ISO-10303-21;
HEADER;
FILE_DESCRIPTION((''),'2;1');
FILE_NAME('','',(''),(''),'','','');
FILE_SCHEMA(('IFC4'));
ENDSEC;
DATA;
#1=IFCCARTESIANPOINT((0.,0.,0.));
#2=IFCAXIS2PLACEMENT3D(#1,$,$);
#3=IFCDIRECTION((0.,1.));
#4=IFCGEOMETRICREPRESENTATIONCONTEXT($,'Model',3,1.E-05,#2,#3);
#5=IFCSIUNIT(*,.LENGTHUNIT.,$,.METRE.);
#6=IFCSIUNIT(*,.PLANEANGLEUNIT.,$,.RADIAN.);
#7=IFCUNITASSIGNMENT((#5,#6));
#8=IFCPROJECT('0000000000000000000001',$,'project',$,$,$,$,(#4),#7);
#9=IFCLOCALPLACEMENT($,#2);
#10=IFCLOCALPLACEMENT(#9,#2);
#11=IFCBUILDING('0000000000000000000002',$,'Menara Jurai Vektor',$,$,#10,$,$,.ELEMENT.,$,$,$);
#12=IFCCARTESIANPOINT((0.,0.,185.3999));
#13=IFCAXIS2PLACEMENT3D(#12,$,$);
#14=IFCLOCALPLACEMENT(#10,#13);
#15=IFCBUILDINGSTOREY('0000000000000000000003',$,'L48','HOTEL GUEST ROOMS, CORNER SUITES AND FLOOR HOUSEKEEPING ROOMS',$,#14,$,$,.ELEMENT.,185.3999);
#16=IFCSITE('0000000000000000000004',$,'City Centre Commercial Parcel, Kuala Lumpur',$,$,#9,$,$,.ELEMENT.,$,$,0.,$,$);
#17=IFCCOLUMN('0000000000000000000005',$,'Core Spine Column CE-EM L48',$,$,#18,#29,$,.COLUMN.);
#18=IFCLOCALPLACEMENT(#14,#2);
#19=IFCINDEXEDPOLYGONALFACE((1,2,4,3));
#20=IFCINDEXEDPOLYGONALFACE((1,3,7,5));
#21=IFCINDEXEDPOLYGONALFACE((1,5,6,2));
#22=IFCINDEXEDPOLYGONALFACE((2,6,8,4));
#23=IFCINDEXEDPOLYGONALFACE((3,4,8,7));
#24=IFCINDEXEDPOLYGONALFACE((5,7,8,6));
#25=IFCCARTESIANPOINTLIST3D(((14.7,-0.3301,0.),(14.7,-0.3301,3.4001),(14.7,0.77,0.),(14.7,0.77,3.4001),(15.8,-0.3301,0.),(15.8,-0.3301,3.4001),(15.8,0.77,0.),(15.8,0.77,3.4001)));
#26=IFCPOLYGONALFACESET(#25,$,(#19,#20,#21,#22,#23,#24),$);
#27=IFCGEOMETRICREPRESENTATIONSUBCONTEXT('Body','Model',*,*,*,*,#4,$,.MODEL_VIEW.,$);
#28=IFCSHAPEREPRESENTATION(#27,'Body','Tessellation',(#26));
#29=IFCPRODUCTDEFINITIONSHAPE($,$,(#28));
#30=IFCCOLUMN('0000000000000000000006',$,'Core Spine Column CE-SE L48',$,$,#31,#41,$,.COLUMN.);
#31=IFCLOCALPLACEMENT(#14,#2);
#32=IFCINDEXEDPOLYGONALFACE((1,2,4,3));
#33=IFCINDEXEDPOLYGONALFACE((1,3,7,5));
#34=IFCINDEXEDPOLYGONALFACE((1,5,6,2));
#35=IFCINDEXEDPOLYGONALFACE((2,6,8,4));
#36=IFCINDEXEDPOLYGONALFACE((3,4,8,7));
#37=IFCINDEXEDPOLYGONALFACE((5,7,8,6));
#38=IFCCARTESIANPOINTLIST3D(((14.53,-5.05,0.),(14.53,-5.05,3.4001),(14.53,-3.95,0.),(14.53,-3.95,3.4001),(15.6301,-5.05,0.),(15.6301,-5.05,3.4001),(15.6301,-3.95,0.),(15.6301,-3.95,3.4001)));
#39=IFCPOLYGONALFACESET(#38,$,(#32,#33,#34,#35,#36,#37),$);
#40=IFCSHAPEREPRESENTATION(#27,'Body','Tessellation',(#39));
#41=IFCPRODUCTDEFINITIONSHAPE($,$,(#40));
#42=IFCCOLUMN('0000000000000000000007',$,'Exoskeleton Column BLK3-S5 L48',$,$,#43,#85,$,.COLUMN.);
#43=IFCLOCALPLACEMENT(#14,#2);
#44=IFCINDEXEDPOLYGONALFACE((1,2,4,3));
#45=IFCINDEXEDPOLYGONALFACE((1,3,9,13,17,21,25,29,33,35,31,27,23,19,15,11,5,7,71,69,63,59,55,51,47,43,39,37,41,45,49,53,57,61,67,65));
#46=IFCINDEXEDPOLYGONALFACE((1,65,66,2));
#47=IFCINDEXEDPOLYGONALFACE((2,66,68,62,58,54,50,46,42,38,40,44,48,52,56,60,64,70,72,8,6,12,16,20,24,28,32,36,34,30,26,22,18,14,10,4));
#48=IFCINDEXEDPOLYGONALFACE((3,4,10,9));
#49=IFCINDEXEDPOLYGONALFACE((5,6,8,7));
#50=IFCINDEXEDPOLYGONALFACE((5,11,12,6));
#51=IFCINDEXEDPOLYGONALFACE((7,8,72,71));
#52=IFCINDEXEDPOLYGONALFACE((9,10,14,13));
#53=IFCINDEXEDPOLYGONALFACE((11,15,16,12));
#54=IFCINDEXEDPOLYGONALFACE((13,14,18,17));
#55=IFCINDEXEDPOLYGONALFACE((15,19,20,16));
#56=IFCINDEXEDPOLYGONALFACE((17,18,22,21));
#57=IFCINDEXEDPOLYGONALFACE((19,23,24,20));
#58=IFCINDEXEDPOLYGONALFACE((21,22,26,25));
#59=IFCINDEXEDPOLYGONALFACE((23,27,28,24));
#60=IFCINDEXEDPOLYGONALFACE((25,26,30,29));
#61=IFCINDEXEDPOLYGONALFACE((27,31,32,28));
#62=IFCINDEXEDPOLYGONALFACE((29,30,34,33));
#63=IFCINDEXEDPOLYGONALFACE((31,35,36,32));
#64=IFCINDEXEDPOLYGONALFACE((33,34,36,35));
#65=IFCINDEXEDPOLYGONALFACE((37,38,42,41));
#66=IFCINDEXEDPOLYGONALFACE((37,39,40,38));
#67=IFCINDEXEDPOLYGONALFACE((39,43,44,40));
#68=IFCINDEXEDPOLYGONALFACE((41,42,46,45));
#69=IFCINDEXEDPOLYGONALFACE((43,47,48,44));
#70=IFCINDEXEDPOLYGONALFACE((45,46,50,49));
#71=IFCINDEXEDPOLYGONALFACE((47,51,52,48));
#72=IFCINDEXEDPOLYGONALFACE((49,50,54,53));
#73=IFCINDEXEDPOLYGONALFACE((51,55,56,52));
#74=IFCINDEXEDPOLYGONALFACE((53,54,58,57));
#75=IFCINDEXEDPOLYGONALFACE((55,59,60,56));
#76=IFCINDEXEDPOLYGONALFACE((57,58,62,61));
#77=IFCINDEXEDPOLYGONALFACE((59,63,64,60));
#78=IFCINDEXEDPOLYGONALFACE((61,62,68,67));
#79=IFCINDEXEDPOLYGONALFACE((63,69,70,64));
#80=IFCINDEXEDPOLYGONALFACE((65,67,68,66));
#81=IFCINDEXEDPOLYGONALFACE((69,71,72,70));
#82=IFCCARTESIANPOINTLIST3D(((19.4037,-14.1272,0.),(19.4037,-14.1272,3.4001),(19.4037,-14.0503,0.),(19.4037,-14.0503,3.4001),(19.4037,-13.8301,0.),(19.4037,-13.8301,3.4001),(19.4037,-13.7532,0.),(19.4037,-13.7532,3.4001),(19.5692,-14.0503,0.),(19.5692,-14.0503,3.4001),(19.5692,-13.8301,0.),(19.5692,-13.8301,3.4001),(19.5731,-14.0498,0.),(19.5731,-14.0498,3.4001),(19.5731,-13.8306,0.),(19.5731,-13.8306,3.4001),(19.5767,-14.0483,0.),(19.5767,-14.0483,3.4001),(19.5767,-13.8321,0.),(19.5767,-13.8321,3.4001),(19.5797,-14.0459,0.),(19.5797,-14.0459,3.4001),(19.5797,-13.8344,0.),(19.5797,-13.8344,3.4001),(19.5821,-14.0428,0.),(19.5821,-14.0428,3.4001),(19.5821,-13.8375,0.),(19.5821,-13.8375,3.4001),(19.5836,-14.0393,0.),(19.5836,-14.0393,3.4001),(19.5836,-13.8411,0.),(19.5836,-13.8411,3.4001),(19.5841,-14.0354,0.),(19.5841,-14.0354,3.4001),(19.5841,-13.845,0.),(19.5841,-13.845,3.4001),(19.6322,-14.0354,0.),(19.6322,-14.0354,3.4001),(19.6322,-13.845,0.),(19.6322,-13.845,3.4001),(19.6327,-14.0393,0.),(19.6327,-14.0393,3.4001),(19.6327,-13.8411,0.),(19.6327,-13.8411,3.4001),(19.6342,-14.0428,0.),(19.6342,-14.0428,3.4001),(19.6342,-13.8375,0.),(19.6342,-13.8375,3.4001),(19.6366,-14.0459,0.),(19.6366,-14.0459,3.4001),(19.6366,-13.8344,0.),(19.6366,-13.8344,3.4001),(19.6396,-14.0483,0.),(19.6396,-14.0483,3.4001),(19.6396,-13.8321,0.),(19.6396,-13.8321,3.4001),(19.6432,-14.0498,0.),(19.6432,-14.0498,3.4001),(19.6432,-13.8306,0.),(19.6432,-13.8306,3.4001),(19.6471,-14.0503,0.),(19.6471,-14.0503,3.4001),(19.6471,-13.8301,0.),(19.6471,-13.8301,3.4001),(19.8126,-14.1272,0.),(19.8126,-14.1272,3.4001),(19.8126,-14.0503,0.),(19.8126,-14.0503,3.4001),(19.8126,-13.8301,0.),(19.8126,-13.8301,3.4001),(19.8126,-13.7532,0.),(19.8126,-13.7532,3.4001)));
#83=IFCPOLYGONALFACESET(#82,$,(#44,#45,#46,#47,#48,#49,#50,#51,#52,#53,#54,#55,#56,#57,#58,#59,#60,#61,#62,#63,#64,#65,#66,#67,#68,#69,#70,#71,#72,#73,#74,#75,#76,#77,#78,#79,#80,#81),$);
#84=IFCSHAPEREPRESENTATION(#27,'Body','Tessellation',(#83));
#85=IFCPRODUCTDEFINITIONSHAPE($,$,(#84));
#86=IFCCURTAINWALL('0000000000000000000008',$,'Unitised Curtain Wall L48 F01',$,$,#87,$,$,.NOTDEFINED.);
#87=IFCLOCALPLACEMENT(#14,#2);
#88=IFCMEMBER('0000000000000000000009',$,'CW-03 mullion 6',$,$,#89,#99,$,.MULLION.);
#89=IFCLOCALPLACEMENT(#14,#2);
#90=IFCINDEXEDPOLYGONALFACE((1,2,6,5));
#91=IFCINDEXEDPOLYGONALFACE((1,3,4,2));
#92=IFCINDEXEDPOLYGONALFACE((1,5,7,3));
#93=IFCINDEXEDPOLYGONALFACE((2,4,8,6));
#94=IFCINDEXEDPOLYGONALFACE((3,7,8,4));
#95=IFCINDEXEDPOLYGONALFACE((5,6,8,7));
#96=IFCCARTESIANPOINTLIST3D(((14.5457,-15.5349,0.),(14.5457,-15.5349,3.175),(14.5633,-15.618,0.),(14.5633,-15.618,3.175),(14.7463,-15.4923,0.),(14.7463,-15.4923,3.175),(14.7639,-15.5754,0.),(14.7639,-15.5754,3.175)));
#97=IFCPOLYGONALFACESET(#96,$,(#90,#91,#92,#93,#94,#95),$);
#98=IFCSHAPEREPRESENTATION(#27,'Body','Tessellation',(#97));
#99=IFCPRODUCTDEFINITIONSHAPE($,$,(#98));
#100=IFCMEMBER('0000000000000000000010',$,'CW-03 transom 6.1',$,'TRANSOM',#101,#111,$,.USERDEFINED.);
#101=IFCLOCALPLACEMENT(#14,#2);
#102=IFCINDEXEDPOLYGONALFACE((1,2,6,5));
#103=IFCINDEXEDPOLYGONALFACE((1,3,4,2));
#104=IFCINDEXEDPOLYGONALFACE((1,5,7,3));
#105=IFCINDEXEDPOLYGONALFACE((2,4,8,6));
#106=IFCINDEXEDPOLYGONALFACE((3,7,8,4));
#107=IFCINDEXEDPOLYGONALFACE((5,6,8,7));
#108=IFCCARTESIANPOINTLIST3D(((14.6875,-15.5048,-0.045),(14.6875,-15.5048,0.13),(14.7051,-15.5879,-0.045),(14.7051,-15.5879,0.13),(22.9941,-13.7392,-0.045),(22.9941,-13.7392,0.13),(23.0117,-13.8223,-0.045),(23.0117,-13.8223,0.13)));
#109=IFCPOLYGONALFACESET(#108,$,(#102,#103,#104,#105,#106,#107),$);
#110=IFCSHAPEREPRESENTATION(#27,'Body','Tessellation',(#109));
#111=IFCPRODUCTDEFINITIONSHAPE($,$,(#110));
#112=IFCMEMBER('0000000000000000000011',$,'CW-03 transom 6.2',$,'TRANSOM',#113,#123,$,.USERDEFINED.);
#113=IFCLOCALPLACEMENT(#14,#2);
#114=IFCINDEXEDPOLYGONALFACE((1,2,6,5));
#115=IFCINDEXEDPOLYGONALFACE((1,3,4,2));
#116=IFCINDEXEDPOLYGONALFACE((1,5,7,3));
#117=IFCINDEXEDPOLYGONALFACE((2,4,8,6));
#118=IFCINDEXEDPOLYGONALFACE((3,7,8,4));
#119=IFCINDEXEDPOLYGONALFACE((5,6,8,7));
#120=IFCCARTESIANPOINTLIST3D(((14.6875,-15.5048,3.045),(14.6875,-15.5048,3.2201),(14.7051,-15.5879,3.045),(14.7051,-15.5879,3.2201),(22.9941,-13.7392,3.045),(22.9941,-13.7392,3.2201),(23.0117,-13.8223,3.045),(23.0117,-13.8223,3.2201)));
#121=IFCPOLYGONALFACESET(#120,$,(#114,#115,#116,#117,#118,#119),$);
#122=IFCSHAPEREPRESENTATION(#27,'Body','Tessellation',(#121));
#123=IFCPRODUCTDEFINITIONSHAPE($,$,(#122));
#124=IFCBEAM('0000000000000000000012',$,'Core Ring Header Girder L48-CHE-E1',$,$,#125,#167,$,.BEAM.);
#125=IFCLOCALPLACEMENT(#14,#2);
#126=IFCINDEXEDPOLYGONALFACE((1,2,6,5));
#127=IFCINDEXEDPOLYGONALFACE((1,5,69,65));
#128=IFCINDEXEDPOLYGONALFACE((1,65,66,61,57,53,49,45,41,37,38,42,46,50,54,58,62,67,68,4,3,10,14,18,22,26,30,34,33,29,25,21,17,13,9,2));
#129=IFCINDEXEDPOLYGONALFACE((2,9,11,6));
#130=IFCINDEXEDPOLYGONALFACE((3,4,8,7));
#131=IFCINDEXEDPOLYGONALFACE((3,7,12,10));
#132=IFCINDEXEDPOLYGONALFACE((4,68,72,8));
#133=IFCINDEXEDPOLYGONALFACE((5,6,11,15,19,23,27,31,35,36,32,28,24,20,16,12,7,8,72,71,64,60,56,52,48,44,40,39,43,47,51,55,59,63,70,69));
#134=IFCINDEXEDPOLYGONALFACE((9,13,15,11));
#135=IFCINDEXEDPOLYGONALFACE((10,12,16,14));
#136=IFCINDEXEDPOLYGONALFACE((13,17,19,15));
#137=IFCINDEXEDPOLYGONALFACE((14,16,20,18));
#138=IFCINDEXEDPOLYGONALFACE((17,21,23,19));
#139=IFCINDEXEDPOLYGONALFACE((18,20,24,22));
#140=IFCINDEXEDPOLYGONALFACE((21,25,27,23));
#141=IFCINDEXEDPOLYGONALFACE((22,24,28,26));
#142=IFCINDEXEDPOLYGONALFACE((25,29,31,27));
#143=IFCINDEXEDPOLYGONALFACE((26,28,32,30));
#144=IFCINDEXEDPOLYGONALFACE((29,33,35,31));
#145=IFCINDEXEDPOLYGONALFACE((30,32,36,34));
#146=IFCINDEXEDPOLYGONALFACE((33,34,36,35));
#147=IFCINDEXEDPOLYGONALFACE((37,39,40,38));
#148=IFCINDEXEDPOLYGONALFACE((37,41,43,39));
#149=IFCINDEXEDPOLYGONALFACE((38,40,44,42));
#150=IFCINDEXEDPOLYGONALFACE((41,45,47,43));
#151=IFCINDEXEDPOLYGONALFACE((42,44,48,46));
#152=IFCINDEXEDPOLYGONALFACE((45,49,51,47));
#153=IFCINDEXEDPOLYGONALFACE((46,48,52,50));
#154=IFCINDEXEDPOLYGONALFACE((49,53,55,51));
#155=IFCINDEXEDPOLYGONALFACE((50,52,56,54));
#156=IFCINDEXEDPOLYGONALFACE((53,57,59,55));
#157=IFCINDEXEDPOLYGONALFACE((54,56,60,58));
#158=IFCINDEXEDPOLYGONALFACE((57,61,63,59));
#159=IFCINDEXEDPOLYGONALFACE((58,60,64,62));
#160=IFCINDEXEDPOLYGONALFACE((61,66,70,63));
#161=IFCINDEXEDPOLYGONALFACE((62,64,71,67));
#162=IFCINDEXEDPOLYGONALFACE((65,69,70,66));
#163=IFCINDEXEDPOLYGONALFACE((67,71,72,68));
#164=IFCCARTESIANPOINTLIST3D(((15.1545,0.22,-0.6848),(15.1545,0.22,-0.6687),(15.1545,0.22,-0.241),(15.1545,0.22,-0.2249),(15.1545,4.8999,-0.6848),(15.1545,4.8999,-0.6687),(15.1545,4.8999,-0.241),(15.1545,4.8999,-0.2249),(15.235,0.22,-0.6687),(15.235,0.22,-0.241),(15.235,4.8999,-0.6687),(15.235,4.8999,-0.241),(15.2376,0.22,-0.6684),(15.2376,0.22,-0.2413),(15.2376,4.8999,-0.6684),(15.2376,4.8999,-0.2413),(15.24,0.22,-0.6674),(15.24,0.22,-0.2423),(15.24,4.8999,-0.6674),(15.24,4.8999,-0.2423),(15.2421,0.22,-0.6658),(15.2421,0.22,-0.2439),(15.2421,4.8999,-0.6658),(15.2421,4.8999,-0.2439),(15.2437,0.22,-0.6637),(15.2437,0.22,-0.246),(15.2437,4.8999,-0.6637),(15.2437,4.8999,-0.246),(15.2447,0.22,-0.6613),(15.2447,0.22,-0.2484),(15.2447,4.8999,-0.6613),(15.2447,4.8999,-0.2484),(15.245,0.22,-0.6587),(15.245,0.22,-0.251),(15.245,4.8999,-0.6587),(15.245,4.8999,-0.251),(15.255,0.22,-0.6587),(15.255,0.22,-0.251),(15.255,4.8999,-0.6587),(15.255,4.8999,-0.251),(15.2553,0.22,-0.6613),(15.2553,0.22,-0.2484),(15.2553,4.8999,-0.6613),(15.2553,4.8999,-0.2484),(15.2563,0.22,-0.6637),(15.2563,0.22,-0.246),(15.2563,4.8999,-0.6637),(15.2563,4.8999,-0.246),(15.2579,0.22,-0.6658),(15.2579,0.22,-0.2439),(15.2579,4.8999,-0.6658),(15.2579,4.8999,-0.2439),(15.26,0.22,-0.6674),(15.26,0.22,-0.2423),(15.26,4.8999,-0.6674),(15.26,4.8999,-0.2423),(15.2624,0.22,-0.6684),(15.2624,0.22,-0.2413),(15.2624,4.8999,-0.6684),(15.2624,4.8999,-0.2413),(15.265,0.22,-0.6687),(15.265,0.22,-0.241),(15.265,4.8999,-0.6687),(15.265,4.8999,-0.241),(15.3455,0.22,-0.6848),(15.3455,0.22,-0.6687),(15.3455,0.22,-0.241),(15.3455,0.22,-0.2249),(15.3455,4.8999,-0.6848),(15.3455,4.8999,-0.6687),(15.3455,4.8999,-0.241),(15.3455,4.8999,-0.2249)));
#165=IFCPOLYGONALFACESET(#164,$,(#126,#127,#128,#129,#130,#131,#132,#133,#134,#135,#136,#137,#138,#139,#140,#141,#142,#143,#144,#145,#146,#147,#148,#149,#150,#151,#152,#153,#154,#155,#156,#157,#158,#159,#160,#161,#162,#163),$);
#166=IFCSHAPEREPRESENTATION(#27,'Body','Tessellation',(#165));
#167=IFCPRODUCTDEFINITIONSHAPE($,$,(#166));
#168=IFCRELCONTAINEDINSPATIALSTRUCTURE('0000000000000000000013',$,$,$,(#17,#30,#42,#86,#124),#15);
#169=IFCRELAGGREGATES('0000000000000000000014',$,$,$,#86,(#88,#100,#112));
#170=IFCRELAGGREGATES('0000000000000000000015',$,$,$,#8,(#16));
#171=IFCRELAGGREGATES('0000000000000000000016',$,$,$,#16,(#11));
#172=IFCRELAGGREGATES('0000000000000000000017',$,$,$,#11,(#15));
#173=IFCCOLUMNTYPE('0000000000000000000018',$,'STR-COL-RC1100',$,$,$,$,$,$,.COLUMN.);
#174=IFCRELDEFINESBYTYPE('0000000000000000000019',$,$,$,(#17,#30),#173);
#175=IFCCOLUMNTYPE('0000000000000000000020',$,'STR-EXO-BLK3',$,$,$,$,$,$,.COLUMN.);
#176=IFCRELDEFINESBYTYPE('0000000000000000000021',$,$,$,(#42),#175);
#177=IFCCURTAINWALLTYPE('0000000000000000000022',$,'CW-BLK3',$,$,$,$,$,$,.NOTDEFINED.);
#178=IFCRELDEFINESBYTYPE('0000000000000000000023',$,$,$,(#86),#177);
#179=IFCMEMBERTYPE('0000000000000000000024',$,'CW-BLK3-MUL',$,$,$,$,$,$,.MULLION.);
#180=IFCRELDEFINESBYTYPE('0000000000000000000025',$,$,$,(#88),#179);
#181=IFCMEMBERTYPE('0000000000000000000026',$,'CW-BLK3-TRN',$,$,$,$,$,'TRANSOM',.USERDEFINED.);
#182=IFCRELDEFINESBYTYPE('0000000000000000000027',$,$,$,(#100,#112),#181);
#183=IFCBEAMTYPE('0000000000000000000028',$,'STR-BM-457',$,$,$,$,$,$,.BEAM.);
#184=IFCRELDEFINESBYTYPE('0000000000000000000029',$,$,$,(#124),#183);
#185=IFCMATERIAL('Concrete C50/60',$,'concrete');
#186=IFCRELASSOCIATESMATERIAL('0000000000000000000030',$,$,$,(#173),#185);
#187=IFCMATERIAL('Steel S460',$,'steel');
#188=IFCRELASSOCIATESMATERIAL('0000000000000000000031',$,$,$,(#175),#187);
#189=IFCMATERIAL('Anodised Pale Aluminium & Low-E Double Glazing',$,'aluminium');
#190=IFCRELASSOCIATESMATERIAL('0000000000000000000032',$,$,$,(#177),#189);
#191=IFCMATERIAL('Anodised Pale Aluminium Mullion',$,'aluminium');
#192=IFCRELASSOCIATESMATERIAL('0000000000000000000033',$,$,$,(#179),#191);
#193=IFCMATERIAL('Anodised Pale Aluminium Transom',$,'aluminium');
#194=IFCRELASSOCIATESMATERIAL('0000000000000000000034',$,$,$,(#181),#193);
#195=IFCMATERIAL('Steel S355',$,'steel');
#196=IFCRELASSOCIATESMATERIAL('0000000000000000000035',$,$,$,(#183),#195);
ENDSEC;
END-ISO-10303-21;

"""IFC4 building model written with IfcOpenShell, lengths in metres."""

from ifc_helpers import new_model, si_unit, direction, frame, origin, origin_2d, place, context, subcontext, project, spatial, rectangle, i_section, extrude, material, material_profile, profile_set, type_object, element, aggregate, save


model = new_model("IFC4")

# Units and contexts
model_context = context("Model", 3, precision=1e-05, world=origin(), true_north=direction((0.0, 1.0)))
body_context = subcontext(model_context, "Body", "Model", "MODEL_VIEW")
ifc_project = project(units=[si_unit("LENGTHUNIT", "METRE"), si_unit("PLANEANGLEUNIT", "RADIAN")], contexts=[model_context])

# Site, building, storey
site_placement = place(None, origin())
site = spatial("IfcSite", under=ifc_project, at=site_placement, Name="City Centre Commercial Parcel, Kuala Lumpur", CompositionType="ELEMENT", RefElevation=0.0)
building_placement = place(site_placement, origin())
building = spatial("IfcBuilding", under=site, at=building_placement, Name="Menara Jurai Vektor", CompositionType="ELEMENT")
storey_placement = place(building_placement, frame((0.0, 0.0, 185.3999)))
storey = spatial("IfcBuildingStorey", under=building, at=storey_placement, Name="L48", Description="HOTEL GUEST ROOMS, CORNER SUITES AND FLOOR HOUSEKEEPING ROOMS", CompositionType="ELEMENT", Elevation=185.3999)

# Columns
ifc_material_1 = material(Name="Concrete C50/60", Category="concrete")
ifc_material_profile_1 = material_profile(ifc_material_1, rectangle(XDim=1.1001, YDim=1.1001, at=origin_2d()), Name="RC 1100x1100")
ifc_profile_set_1 = profile_set([ifc_material_profile_1], Name="Concrete C50/60")
column_type_1 = type_object("IfcColumnType", Name="STR-COL-RC1100", PredefinedType="COLUMN", material=ifc_profile_set_1)
for number, where, z_axis, x_axis, name in (
    (1, (15.25, 0.22, 0.0), (0.0, 0.0, 1.0), (1.0, 0.0, 0.0), "Core Spine Column CE-EM L48"),
    (2, (15.0801, -4.5, 0.0), (0.0, 0.0, 1.0), (1.0, 0.0, 0.0), "Core Spine Column CE-SE L48"),
):
    element("IfcColumn", number, at=place(storey_placement, frame(where, z_axis=z_axis, x_axis=x_axis)), inside=storey, type_object=column_type_1, Name=name, PredefinedType="COLUMN", context=body_context, shape_type="SweptSolid", body=[
        extrude(rectangle(XDim=1.1001, YDim=1.1001, at=origin_2d()), origin(), (0.0, 0.0, 1.0), 3.4001),
    ])
ifc_material_2 = material(Name="Steel S460", Category="steel")
ifc_material_profile_2 = material_profile(ifc_material_2, i_section(OverallWidth=0.4089, OverallDepth=0.374, WebThickness=0.0481, FlangeThickness=0.0769, FilletRadius=0.0149, at=origin_2d()), Name="HD 400x634")
ifc_profile_set_2 = profile_set([ifc_material_profile_2], Name="Steel S460")
column_type_2 = type_object("IfcColumnType", Name="STR-EXO-BLK3", PredefinedType="COLUMN", material=ifc_profile_set_2)
column_placement = place(storey_placement, frame((19.6082, -13.9402, 0.0), z_axis=(0.0, 0.0, 1.0), x_axis=(1.0, 0.0, 0.0)))
element("IfcColumn", 3, at=column_placement, inside=storey, type_object=column_type_2, Name="Exoskeleton Column BLK3-S5 L48", PredefinedType="COLUMN", context=body_context, shape_type="SweptSolid", body=[
    extrude(i_section(OverallWidth=0.4089, OverallDepth=0.374, WebThickness=0.0481, FlangeThickness=0.0769, FilletRadius=0.0149, at=origin_2d()), origin(), (0.0, 0.0, 1.0), 3.4001),
])

# Curtain wall, members
ifc_material_3 = material(Name="Anodised Pale Aluminium & Low-E Double Glazing", Category="aluminium")
curtain_wall_type = type_object("IfcCurtainWallType", Name="CW-BLK3", PredefinedType="NOTDEFINED", material=ifc_material_3)
curtain_wall_placement = place(storey_placement, origin())
curtain_wall = element("IfcCurtainWall", 4, at=curtain_wall_placement, inside=storey, type_object=curtain_wall_type, Name="Unitised Curtain Wall L48 F01", PredefinedType="NOTDEFINED")
ifc_material_4 = material(Name="Anodised Pale Aluminium Mullion", Category="aluminium")
ifc_material_profile_3 = material_profile(ifc_material_4, rectangle(XDim=0.085, YDim=0.2051, at=origin_2d()), Name="ALU MUL 85x205")
ifc_profile_set_3 = profile_set([ifc_material_profile_3], Name="Anodised Pale Aluminium Mullion")
member_type_1 = type_object("IfcMemberType", Name="CW-BLK3-MUL", PredefinedType="MULLION", material=ifc_profile_set_3)
member_1_placement = place(storey_placement, frame((14.6548, -15.5552, 0.0), z_axis=(0.0, 0.0, 1.0), x_axis=(-0.207911, 0.978148, 0.0)))
member_1 = element("IfcMember", 5, at=member_1_placement, type_object=member_type_1, Name="CW-03 mullion 6", PredefinedType="MULLION", context=body_context, shape_type="SweptSolid", body=[
    extrude(rectangle(XDim=0.085, YDim=0.2051, at=origin_2d()), origin(), (0.0, 0.0, 1.0), 3.175),
])
ifc_material_5 = material(Name="Anodised Pale Aluminium Transom", Category="aluminium")
ifc_material_profile_4 = material_profile(ifc_material_5, rectangle(XDim=0.085, YDim=0.175, at=origin_2d()), Name="ALU TRN 85x175")
ifc_profile_set_4 = profile_set([ifc_material_profile_4], Name="Anodised Pale Aluminium Transom")
member_type_2 = type_object("IfcMemberType", Name="CW-BLK3-TRN", ElementType="TRANSOM", PredefinedType="USERDEFINED", material=ifc_profile_set_4)
member_2_placement = place(storey_placement, frame((14.6963, -15.5464, 0.0425), z_axis=(0.978148, 0.207911, 0.0), x_axis=(-0.207911, 0.978148, 0.0)))
member_2 = element("IfcMember", 6, at=member_2_placement, type_object=member_type_2, Name="CW-03 transom 6.1", ObjectType="TRANSOM", PredefinedType="USERDEFINED", context=body_context, shape_type="SweptSolid", body=[
    extrude(rectangle(XDim=0.085, YDim=0.175, at=origin_2d()), origin(), (0.0, 0.0, 1.0), 8.4922),
])
member_3_placement = place(storey_placement, frame((14.6963, -15.5464, 3.1326), z_axis=(0.978148, 0.207911, 0.0), x_axis=(-0.207911, 0.978148, 0.0)))
member_3 = element("IfcMember", 7, at=member_3_placement, type_object=member_type_2, Name="CW-03 transom 6.2", ObjectType="TRANSOM", PredefinedType="USERDEFINED", context=body_context, shape_type="SweptSolid", body=[
    extrude(rectangle(XDim=0.085, YDim=0.175, at=origin_2d()), origin(), (0.0, 0.0, 1.0), 8.4922),
])

# Beam
ifc_material_6 = material(Name="Steel S355", Category="steel")
ifc_material_profile_5 = material_profile(ifc_material_6, i_section(OverallWidth=0.1909, OverallDepth=0.46, WebThickness=0.01, FlangeThickness=0.0161, FilletRadius=0.01, at=origin_2d()), Name="UKB 457x191x82")
ifc_profile_set_5 = profile_set([ifc_material_profile_5], Name="Steel S355")
beam_type_1 = type_object("IfcBeamType", Name="STR-BM-457", PredefinedType="BEAM", material=ifc_profile_set_5)
beam_1_placement = place(storey_placement, frame((15.25, 0.22, -0.4548), z_axis=(0.0, 1.0, 0.0), x_axis=(-1.0, 0.0, 0.0)))
element("IfcBeam", 8, at=beam_1_placement, inside=storey, type_object=beam_type_1, Name="Core Ring Header Girder L48-CHE-E1", PredefinedType="BEAM", context=body_context, shape_type="SweptSolid", body=[
    extrude(i_section(OverallWidth=0.1909, OverallDepth=0.46, WebThickness=0.01, FlangeThickness=0.0161, FilletRadius=0.01, at=origin_2d()), origin(), (0.0, 0.0, 1.0), 4.6799),
])

aggregate(curtain_wall, [member_1, member_2, member_3])

save(model, "model.ifc")
